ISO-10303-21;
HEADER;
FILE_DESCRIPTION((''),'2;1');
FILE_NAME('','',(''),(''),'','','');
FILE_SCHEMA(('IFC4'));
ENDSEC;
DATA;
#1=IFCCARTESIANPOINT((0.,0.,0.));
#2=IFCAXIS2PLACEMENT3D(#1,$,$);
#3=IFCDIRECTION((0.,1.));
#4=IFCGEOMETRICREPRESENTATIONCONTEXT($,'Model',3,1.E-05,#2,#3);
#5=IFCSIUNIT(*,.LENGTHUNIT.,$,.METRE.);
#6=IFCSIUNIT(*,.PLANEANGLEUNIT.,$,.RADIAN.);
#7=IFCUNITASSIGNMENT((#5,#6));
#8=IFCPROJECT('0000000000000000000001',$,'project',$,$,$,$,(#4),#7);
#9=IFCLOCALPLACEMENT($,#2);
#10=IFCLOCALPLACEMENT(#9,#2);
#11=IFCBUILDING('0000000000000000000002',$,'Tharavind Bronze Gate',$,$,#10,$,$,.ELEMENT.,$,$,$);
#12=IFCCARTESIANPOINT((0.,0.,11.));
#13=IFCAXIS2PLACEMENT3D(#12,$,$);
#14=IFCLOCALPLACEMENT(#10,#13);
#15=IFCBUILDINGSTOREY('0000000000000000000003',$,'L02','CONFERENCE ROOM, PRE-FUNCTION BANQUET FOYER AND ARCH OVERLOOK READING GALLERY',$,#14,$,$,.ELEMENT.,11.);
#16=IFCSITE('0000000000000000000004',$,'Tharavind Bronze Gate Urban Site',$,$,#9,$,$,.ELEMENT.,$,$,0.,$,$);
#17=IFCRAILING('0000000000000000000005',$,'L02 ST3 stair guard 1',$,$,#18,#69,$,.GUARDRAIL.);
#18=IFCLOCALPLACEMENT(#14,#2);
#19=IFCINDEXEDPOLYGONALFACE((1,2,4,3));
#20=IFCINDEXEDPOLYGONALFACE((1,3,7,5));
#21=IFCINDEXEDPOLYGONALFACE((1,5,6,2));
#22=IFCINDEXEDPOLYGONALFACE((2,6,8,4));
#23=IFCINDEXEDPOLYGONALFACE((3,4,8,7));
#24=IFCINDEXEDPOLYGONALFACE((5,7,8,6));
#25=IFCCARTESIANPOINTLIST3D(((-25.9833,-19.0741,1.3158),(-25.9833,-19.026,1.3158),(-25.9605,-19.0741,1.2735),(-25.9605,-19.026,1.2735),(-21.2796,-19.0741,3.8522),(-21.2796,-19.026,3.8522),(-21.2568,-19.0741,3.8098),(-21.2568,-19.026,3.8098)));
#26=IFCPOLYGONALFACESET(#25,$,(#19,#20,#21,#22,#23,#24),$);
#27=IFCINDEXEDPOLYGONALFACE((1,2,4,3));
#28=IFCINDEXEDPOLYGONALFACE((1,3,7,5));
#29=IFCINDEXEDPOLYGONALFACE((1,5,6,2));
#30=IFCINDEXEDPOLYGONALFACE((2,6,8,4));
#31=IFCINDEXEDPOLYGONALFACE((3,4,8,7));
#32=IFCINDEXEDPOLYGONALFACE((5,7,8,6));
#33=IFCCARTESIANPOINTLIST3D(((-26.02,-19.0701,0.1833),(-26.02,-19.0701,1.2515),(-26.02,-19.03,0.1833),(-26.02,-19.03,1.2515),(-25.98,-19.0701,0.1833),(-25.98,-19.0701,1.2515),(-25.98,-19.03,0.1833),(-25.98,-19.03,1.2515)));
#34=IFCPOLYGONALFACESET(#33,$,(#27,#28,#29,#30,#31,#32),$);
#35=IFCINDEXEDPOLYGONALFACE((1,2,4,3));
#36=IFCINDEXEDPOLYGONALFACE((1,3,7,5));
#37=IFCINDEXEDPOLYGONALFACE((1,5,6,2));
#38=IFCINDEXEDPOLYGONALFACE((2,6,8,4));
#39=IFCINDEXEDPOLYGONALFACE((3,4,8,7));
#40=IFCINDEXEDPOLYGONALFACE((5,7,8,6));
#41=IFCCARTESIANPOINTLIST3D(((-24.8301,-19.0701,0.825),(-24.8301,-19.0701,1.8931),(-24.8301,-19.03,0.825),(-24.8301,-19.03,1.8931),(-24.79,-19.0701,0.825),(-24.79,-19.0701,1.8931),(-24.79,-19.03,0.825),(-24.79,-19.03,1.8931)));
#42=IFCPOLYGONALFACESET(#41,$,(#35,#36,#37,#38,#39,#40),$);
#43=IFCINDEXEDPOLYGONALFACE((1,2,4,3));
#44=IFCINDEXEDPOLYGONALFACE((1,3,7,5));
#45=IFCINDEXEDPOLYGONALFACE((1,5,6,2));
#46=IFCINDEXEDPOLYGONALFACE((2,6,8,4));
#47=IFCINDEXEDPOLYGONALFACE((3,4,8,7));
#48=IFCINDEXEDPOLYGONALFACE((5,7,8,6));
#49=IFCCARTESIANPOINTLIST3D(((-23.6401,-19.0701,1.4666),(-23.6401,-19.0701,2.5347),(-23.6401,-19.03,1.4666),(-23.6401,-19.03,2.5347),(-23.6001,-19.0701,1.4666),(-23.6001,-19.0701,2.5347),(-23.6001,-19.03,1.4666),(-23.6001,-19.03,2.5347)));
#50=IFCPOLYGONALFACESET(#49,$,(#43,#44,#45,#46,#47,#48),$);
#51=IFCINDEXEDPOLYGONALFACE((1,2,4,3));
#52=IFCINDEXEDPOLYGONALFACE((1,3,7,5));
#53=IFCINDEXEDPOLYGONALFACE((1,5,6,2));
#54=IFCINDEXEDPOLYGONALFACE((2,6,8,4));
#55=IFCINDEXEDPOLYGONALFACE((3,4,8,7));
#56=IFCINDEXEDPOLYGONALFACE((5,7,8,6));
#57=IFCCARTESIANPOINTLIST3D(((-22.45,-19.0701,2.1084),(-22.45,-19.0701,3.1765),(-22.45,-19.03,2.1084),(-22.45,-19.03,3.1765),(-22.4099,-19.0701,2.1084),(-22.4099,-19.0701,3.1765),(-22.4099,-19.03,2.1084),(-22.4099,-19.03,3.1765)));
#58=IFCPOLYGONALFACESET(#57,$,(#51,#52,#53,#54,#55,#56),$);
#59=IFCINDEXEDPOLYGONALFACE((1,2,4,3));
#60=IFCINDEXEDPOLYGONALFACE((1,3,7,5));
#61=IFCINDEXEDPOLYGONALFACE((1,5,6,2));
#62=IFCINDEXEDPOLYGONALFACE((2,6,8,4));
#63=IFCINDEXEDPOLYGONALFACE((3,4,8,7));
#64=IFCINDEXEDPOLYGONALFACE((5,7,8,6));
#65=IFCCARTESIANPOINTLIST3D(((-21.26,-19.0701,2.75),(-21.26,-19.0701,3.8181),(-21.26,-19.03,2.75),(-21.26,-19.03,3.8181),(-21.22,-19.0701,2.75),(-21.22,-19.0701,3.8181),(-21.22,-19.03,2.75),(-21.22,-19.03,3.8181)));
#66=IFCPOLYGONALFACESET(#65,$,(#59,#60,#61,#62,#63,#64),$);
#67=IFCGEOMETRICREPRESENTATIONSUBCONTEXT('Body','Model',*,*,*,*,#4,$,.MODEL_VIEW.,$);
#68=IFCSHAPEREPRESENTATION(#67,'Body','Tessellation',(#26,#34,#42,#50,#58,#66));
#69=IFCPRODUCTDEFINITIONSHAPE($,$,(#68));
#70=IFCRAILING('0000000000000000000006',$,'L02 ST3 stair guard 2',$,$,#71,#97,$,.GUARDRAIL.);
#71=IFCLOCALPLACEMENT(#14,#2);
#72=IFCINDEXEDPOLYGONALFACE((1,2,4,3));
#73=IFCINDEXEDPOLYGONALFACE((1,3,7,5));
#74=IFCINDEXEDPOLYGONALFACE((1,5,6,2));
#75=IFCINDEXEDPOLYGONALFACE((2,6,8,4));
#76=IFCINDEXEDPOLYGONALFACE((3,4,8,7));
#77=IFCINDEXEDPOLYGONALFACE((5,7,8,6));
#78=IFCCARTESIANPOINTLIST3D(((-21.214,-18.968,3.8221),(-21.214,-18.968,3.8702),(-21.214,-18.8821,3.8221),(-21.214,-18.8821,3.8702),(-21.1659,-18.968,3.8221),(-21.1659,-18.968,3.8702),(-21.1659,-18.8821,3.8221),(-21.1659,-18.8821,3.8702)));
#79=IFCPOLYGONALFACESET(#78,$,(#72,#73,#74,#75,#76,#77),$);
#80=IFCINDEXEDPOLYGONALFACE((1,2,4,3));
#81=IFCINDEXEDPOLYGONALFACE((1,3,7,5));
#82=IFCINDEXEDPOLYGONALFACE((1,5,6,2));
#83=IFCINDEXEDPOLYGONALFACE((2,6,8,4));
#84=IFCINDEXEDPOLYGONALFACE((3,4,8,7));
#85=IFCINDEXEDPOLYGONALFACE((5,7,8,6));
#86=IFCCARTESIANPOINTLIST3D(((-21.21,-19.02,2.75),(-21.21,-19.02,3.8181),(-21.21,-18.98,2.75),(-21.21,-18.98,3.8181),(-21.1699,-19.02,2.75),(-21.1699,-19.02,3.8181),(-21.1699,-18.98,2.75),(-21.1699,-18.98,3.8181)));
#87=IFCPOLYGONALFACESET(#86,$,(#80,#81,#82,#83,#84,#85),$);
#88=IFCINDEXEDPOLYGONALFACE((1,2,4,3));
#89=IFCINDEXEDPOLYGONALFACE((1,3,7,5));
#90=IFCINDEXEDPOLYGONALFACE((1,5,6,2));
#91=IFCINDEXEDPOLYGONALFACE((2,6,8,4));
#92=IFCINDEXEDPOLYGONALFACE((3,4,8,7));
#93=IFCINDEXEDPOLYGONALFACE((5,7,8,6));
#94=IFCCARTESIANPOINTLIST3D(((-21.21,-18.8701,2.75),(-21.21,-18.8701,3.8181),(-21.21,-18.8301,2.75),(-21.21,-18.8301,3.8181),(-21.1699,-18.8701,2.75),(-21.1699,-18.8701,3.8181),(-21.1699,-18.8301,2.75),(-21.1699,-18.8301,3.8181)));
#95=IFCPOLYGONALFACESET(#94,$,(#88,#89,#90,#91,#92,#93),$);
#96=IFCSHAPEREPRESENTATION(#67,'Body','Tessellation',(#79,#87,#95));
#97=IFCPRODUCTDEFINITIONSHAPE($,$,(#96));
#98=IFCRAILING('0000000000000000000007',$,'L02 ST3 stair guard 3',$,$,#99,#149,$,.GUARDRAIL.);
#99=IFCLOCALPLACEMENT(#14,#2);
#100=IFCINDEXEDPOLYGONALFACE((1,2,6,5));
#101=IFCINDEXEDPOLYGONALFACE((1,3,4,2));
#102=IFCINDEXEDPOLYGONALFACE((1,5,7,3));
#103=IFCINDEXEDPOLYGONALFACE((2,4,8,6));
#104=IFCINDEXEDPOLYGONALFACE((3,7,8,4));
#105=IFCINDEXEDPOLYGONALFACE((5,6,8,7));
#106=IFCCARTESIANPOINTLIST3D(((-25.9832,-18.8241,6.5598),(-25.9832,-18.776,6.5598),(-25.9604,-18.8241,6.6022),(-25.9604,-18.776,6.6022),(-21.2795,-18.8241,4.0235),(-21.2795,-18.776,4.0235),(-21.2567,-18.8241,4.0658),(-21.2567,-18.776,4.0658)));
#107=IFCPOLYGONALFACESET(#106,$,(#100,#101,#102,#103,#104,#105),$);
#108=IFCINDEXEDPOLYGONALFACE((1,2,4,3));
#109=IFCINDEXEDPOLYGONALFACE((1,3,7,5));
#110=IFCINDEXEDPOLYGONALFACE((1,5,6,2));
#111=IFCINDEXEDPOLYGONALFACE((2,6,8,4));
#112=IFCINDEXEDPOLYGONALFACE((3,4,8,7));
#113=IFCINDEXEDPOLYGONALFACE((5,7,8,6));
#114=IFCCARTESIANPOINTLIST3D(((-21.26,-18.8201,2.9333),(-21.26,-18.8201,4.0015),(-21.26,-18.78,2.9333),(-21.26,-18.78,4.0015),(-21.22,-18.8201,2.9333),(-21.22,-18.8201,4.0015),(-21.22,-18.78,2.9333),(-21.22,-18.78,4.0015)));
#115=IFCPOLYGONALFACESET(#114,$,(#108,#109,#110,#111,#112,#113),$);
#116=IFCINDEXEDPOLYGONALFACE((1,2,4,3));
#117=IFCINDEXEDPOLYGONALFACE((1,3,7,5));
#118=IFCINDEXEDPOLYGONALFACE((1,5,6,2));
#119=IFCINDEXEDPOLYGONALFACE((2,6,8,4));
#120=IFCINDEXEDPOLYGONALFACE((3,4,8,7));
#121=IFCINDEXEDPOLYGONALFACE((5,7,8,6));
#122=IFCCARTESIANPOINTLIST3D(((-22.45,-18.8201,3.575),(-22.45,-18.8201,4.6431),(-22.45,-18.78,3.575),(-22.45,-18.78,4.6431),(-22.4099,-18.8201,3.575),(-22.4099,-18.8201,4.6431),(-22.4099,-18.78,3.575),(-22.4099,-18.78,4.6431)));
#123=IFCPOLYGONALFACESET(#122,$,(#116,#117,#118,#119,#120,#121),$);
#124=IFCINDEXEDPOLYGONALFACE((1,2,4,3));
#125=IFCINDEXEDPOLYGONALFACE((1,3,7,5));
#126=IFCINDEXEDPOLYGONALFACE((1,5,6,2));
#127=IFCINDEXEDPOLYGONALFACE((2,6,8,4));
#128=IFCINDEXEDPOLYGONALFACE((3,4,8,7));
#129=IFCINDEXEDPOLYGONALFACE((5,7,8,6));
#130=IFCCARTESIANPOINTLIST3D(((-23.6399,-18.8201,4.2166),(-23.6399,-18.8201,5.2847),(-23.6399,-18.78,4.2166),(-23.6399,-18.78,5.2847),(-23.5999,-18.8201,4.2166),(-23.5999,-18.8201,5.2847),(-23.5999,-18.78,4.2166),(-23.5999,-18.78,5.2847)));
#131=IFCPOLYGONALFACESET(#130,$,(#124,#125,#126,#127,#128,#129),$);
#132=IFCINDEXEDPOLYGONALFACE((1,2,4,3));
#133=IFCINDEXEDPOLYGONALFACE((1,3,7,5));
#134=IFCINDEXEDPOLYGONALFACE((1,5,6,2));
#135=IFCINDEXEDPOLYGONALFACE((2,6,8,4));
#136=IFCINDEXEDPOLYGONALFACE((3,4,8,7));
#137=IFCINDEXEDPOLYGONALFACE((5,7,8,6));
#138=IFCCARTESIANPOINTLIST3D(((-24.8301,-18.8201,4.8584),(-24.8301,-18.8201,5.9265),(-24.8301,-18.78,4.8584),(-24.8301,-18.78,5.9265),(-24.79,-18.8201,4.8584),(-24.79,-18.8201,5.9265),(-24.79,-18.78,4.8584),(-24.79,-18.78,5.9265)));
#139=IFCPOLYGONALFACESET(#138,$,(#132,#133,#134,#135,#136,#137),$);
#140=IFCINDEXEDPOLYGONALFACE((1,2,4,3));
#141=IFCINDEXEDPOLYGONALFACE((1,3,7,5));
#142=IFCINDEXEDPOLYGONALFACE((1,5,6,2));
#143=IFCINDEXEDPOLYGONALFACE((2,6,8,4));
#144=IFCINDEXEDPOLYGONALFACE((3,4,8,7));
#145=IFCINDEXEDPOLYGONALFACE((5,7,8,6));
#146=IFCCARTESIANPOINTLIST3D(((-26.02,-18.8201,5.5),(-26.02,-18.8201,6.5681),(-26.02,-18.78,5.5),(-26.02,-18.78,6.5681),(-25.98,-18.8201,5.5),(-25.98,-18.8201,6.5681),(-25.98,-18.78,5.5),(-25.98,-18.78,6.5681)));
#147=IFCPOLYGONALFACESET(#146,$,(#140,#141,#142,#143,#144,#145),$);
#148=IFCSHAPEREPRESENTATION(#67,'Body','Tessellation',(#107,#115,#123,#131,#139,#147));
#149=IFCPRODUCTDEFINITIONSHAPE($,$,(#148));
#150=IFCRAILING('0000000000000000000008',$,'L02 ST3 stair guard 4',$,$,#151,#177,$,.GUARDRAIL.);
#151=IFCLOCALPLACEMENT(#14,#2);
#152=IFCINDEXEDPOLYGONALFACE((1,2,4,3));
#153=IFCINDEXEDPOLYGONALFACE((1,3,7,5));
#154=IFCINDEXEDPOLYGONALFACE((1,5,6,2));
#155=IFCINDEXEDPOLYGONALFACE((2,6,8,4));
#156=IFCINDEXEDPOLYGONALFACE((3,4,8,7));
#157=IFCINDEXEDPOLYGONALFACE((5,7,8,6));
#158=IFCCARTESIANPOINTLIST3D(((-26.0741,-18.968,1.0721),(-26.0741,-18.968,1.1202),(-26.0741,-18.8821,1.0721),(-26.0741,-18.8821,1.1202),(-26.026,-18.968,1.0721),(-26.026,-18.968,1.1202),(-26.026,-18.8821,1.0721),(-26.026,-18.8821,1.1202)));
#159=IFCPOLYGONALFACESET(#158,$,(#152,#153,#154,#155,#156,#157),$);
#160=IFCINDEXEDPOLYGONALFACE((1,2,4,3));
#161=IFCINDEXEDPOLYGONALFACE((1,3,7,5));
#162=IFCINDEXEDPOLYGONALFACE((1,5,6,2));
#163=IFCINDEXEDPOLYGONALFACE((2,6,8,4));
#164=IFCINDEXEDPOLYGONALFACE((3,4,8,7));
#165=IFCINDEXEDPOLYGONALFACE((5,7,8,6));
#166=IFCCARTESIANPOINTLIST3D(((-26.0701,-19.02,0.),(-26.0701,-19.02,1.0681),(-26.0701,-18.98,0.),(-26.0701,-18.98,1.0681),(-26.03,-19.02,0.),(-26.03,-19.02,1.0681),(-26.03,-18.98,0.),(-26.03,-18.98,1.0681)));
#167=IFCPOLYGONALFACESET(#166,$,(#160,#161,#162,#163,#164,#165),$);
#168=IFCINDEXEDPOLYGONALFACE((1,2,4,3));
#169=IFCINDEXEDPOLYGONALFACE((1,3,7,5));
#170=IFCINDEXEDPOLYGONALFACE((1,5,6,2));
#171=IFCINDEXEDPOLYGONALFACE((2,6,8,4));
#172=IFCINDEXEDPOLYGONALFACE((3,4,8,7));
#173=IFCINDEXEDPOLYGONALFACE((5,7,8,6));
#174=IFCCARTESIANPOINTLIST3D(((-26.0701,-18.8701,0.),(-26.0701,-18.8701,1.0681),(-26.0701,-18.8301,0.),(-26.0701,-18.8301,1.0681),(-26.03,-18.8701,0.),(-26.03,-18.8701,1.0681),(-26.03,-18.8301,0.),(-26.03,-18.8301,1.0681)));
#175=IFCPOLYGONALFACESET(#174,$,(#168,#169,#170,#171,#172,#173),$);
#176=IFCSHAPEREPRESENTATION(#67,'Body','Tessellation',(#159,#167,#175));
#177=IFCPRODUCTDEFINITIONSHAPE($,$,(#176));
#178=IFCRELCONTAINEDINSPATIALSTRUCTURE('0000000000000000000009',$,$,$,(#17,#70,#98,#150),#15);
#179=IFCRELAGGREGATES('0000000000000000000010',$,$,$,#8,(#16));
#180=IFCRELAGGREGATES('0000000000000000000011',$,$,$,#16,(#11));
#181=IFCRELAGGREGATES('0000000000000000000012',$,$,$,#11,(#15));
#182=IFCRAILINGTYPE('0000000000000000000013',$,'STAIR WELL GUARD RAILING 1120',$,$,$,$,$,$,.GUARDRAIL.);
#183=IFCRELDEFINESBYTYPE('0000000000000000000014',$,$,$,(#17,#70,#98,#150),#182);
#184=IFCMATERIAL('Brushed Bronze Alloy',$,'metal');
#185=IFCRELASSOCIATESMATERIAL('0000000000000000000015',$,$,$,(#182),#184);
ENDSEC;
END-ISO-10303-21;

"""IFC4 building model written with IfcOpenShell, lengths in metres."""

from ifc_helpers import new_model, si_unit, direction, frame, origin, origin_2d, place, context, subcontext, project, spatial, rectangle, extrude, material, type_object, element, save


model = new_model("IFC4")

# Units and contexts
model_context = context("Model", 3, precision=1e-05, world=origin(), true_north=direction((0.0, 1.0)))
body_context = subcontext(model_context, "Body", "Model", "MODEL_VIEW")
ifc_project = project(units=[si_unit("LENGTHUNIT", "METRE"), si_unit("PLANEANGLEUNIT", "RADIAN")], contexts=[model_context])

# Site, building, storey
site_placement = place(None, origin())
site = spatial("IfcSite", under=ifc_project, at=site_placement, Name="Tharavind Bronze Gate Urban Site", CompositionType="ELEMENT", RefElevation=0.0)
building_placement = place(site_placement, origin())
building = spatial("IfcBuilding", under=site, at=building_placement, Name="Tharavind Bronze Gate", CompositionType="ELEMENT")
storey_placement = place(building_placement, frame((0.0, 0.0, 11.0)))
storey = spatial("IfcBuildingStorey", under=building, at=storey_placement, Name="L02", Description="CONFERENCE ROOM, PRE-FUNCTION BANQUET FOYER AND ARCH OVERLOOK READING GALLERY", CompositionType="ELEMENT", Elevation=11.0)

# Railings
ifc_material_1 = material(Name="Brushed Bronze Alloy", Category="metal")
railing_type_1 = type_object("IfcRailingType", Name="STAIR WELL GUARD RAILING 1120", PredefinedType="GUARDRAIL", material=ifc_material_1)
railing_1_placement = place(storey_placement, frame((-26.0, -19.05, 0.1833)))
element("IfcRailing", 1, at=railing_1_placement, inside=storey, type_object=railing_type_1, Name="L02 ST3 stair guard 1", PredefinedType="GUARDRAIL", context=body_context, shape_type="SweptSolid", body=[
    extrude(rectangle(XDim=0.0481, YDim=0.0481, at=origin_2d()), frame((0.0281, 0.0, 1.1113), z_axis=(0.880196, 0.0, 0.474611), x_axis=(0.0, 1.0, 0.0)), (0.0, 0.0, 1.0), 5.344),
    extrude(rectangle(XDim=0.04, YDim=0.04, at=origin_2d()), origin(), (0.0, 0.0, 1.0), 1.0681),
    extrude(rectangle(XDim=0.04, YDim=0.04, at=origin_2d()), frame((1.1899, 0.0, 0.6416)), (0.0, 0.0, 1.0), 1.0681),
    extrude(rectangle(XDim=0.04, YDim=0.04, at=origin_2d()), frame((2.3799, 0.0, 1.2832)), (0.0, 0.0, 1.0), 1.0681),
    extrude(rectangle(XDim=0.04, YDim=0.04, at=origin_2d()), frame((3.5701, 0.0, 1.925)), (0.0, 0.0, 1.0), 1.0681),
    extrude(rectangle(XDim=0.04, YDim=0.04, at=origin_2d()), frame((4.76, 0.0, 2.5667)), (0.0, 0.0, 1.0), 1.0681),
])
railing_2_placement = place(storey_placement, frame((-21.1899, -19.0, 2.75)))
element("IfcRailing", 2, at=railing_2_placement, inside=storey, type_object=railing_type_1, Name="L02 ST3 stair guard 2", PredefinedType="GUARDRAIL", context=body_context, shape_type="SweptSolid", body=[
    extrude(rectangle(XDim=0.0481, YDim=0.0481, at=origin_2d()), frame((0.0, 0.032, 1.0962), z_axis=(0.0, 1.0, 0.0), x_axis=(-1.0, 0.0, 0.0)), (0.0, 0.0, 1.0), 0.0859),
    extrude(rectangle(XDim=0.04, YDim=0.04, at=origin_2d()), origin(), (0.0, 0.0, 1.0), 1.0681),
    extrude(rectangle(XDim=0.04, YDim=0.04, at=origin_2d()), frame((0.0, 0.1499, 0.0)), (0.0, 0.0, 1.0), 1.0681),
])
railing_3_placement = place(storey_placement, frame((-21.24, -18.8, 2.9333)))
element("IfcRailing", 3, at=railing_3_placement, inside=storey, type_object=railing_type_1, Name="L02 ST3 stair guard 3", PredefinedType="GUARDRAIL", context=body_context, shape_type="SweptSolid", body=[
    extrude(rectangle(XDim=0.0481, YDim=0.0481, at=origin_2d()), frame((-0.0281, 0.0, 1.1113), z_axis=(-0.880196, 0.0, 0.474611), x_axis=(0.0, -1.0, 0.0)), (0.0, 0.0, 1.0), 5.344),
    extrude(rectangle(XDim=0.04, YDim=0.04, at=origin_2d()), origin(), (0.0, 0.0, 1.0), 1.0681),
    extrude(rectangle(XDim=0.04, YDim=0.04, at=origin_2d()), frame((-1.1899, 0.0, 0.6416)), (0.0, 0.0, 1.0), 1.0681),
    extrude(rectangle(XDim=0.04, YDim=0.04, at=origin_2d()), frame((-2.3799, 0.0, 1.2832)), (0.0, 0.0, 1.0), 1.0681),
    extrude(rectangle(XDim=0.04, YDim=0.04, at=origin_2d()), frame((-3.5701, 0.0, 1.925)), (0.0, 0.0, 1.0), 1.0681),
    extrude(rectangle(XDim=0.04, YDim=0.04, at=origin_2d()), frame((-4.76, 0.0, 2.5667)), (0.0, 0.0, 1.0), 1.0681),
])
railing_4_placement = place(storey_placement, frame((-26.05, -19.0, 0.0)))
element("IfcRailing", 4, at=railing_4_placement, inside=storey, type_object=railing_type_1, Name="L02 ST3 stair guard 4", PredefinedType="GUARDRAIL", context=body_context, shape_type="SweptSolid", body=[
    extrude(rectangle(XDim=0.0481, YDim=0.0481, at=origin_2d()), frame((0.0, 0.032, 1.0962), z_axis=(0.0, 1.0, 0.0), x_axis=(-1.0, 0.0, 0.0)), (0.0, 0.0, 1.0), 0.0859),
    extrude(rectangle(XDim=0.04, YDim=0.04, at=origin_2d()), origin(), (0.0, 0.0, 1.0), 1.0681),
    extrude(rectangle(XDim=0.04, YDim=0.04, at=origin_2d()), frame((0.0, 0.1499, 0.0)), (0.0, 0.0, 1.0), 1.0681),
])

save(model, "model.ifc")
